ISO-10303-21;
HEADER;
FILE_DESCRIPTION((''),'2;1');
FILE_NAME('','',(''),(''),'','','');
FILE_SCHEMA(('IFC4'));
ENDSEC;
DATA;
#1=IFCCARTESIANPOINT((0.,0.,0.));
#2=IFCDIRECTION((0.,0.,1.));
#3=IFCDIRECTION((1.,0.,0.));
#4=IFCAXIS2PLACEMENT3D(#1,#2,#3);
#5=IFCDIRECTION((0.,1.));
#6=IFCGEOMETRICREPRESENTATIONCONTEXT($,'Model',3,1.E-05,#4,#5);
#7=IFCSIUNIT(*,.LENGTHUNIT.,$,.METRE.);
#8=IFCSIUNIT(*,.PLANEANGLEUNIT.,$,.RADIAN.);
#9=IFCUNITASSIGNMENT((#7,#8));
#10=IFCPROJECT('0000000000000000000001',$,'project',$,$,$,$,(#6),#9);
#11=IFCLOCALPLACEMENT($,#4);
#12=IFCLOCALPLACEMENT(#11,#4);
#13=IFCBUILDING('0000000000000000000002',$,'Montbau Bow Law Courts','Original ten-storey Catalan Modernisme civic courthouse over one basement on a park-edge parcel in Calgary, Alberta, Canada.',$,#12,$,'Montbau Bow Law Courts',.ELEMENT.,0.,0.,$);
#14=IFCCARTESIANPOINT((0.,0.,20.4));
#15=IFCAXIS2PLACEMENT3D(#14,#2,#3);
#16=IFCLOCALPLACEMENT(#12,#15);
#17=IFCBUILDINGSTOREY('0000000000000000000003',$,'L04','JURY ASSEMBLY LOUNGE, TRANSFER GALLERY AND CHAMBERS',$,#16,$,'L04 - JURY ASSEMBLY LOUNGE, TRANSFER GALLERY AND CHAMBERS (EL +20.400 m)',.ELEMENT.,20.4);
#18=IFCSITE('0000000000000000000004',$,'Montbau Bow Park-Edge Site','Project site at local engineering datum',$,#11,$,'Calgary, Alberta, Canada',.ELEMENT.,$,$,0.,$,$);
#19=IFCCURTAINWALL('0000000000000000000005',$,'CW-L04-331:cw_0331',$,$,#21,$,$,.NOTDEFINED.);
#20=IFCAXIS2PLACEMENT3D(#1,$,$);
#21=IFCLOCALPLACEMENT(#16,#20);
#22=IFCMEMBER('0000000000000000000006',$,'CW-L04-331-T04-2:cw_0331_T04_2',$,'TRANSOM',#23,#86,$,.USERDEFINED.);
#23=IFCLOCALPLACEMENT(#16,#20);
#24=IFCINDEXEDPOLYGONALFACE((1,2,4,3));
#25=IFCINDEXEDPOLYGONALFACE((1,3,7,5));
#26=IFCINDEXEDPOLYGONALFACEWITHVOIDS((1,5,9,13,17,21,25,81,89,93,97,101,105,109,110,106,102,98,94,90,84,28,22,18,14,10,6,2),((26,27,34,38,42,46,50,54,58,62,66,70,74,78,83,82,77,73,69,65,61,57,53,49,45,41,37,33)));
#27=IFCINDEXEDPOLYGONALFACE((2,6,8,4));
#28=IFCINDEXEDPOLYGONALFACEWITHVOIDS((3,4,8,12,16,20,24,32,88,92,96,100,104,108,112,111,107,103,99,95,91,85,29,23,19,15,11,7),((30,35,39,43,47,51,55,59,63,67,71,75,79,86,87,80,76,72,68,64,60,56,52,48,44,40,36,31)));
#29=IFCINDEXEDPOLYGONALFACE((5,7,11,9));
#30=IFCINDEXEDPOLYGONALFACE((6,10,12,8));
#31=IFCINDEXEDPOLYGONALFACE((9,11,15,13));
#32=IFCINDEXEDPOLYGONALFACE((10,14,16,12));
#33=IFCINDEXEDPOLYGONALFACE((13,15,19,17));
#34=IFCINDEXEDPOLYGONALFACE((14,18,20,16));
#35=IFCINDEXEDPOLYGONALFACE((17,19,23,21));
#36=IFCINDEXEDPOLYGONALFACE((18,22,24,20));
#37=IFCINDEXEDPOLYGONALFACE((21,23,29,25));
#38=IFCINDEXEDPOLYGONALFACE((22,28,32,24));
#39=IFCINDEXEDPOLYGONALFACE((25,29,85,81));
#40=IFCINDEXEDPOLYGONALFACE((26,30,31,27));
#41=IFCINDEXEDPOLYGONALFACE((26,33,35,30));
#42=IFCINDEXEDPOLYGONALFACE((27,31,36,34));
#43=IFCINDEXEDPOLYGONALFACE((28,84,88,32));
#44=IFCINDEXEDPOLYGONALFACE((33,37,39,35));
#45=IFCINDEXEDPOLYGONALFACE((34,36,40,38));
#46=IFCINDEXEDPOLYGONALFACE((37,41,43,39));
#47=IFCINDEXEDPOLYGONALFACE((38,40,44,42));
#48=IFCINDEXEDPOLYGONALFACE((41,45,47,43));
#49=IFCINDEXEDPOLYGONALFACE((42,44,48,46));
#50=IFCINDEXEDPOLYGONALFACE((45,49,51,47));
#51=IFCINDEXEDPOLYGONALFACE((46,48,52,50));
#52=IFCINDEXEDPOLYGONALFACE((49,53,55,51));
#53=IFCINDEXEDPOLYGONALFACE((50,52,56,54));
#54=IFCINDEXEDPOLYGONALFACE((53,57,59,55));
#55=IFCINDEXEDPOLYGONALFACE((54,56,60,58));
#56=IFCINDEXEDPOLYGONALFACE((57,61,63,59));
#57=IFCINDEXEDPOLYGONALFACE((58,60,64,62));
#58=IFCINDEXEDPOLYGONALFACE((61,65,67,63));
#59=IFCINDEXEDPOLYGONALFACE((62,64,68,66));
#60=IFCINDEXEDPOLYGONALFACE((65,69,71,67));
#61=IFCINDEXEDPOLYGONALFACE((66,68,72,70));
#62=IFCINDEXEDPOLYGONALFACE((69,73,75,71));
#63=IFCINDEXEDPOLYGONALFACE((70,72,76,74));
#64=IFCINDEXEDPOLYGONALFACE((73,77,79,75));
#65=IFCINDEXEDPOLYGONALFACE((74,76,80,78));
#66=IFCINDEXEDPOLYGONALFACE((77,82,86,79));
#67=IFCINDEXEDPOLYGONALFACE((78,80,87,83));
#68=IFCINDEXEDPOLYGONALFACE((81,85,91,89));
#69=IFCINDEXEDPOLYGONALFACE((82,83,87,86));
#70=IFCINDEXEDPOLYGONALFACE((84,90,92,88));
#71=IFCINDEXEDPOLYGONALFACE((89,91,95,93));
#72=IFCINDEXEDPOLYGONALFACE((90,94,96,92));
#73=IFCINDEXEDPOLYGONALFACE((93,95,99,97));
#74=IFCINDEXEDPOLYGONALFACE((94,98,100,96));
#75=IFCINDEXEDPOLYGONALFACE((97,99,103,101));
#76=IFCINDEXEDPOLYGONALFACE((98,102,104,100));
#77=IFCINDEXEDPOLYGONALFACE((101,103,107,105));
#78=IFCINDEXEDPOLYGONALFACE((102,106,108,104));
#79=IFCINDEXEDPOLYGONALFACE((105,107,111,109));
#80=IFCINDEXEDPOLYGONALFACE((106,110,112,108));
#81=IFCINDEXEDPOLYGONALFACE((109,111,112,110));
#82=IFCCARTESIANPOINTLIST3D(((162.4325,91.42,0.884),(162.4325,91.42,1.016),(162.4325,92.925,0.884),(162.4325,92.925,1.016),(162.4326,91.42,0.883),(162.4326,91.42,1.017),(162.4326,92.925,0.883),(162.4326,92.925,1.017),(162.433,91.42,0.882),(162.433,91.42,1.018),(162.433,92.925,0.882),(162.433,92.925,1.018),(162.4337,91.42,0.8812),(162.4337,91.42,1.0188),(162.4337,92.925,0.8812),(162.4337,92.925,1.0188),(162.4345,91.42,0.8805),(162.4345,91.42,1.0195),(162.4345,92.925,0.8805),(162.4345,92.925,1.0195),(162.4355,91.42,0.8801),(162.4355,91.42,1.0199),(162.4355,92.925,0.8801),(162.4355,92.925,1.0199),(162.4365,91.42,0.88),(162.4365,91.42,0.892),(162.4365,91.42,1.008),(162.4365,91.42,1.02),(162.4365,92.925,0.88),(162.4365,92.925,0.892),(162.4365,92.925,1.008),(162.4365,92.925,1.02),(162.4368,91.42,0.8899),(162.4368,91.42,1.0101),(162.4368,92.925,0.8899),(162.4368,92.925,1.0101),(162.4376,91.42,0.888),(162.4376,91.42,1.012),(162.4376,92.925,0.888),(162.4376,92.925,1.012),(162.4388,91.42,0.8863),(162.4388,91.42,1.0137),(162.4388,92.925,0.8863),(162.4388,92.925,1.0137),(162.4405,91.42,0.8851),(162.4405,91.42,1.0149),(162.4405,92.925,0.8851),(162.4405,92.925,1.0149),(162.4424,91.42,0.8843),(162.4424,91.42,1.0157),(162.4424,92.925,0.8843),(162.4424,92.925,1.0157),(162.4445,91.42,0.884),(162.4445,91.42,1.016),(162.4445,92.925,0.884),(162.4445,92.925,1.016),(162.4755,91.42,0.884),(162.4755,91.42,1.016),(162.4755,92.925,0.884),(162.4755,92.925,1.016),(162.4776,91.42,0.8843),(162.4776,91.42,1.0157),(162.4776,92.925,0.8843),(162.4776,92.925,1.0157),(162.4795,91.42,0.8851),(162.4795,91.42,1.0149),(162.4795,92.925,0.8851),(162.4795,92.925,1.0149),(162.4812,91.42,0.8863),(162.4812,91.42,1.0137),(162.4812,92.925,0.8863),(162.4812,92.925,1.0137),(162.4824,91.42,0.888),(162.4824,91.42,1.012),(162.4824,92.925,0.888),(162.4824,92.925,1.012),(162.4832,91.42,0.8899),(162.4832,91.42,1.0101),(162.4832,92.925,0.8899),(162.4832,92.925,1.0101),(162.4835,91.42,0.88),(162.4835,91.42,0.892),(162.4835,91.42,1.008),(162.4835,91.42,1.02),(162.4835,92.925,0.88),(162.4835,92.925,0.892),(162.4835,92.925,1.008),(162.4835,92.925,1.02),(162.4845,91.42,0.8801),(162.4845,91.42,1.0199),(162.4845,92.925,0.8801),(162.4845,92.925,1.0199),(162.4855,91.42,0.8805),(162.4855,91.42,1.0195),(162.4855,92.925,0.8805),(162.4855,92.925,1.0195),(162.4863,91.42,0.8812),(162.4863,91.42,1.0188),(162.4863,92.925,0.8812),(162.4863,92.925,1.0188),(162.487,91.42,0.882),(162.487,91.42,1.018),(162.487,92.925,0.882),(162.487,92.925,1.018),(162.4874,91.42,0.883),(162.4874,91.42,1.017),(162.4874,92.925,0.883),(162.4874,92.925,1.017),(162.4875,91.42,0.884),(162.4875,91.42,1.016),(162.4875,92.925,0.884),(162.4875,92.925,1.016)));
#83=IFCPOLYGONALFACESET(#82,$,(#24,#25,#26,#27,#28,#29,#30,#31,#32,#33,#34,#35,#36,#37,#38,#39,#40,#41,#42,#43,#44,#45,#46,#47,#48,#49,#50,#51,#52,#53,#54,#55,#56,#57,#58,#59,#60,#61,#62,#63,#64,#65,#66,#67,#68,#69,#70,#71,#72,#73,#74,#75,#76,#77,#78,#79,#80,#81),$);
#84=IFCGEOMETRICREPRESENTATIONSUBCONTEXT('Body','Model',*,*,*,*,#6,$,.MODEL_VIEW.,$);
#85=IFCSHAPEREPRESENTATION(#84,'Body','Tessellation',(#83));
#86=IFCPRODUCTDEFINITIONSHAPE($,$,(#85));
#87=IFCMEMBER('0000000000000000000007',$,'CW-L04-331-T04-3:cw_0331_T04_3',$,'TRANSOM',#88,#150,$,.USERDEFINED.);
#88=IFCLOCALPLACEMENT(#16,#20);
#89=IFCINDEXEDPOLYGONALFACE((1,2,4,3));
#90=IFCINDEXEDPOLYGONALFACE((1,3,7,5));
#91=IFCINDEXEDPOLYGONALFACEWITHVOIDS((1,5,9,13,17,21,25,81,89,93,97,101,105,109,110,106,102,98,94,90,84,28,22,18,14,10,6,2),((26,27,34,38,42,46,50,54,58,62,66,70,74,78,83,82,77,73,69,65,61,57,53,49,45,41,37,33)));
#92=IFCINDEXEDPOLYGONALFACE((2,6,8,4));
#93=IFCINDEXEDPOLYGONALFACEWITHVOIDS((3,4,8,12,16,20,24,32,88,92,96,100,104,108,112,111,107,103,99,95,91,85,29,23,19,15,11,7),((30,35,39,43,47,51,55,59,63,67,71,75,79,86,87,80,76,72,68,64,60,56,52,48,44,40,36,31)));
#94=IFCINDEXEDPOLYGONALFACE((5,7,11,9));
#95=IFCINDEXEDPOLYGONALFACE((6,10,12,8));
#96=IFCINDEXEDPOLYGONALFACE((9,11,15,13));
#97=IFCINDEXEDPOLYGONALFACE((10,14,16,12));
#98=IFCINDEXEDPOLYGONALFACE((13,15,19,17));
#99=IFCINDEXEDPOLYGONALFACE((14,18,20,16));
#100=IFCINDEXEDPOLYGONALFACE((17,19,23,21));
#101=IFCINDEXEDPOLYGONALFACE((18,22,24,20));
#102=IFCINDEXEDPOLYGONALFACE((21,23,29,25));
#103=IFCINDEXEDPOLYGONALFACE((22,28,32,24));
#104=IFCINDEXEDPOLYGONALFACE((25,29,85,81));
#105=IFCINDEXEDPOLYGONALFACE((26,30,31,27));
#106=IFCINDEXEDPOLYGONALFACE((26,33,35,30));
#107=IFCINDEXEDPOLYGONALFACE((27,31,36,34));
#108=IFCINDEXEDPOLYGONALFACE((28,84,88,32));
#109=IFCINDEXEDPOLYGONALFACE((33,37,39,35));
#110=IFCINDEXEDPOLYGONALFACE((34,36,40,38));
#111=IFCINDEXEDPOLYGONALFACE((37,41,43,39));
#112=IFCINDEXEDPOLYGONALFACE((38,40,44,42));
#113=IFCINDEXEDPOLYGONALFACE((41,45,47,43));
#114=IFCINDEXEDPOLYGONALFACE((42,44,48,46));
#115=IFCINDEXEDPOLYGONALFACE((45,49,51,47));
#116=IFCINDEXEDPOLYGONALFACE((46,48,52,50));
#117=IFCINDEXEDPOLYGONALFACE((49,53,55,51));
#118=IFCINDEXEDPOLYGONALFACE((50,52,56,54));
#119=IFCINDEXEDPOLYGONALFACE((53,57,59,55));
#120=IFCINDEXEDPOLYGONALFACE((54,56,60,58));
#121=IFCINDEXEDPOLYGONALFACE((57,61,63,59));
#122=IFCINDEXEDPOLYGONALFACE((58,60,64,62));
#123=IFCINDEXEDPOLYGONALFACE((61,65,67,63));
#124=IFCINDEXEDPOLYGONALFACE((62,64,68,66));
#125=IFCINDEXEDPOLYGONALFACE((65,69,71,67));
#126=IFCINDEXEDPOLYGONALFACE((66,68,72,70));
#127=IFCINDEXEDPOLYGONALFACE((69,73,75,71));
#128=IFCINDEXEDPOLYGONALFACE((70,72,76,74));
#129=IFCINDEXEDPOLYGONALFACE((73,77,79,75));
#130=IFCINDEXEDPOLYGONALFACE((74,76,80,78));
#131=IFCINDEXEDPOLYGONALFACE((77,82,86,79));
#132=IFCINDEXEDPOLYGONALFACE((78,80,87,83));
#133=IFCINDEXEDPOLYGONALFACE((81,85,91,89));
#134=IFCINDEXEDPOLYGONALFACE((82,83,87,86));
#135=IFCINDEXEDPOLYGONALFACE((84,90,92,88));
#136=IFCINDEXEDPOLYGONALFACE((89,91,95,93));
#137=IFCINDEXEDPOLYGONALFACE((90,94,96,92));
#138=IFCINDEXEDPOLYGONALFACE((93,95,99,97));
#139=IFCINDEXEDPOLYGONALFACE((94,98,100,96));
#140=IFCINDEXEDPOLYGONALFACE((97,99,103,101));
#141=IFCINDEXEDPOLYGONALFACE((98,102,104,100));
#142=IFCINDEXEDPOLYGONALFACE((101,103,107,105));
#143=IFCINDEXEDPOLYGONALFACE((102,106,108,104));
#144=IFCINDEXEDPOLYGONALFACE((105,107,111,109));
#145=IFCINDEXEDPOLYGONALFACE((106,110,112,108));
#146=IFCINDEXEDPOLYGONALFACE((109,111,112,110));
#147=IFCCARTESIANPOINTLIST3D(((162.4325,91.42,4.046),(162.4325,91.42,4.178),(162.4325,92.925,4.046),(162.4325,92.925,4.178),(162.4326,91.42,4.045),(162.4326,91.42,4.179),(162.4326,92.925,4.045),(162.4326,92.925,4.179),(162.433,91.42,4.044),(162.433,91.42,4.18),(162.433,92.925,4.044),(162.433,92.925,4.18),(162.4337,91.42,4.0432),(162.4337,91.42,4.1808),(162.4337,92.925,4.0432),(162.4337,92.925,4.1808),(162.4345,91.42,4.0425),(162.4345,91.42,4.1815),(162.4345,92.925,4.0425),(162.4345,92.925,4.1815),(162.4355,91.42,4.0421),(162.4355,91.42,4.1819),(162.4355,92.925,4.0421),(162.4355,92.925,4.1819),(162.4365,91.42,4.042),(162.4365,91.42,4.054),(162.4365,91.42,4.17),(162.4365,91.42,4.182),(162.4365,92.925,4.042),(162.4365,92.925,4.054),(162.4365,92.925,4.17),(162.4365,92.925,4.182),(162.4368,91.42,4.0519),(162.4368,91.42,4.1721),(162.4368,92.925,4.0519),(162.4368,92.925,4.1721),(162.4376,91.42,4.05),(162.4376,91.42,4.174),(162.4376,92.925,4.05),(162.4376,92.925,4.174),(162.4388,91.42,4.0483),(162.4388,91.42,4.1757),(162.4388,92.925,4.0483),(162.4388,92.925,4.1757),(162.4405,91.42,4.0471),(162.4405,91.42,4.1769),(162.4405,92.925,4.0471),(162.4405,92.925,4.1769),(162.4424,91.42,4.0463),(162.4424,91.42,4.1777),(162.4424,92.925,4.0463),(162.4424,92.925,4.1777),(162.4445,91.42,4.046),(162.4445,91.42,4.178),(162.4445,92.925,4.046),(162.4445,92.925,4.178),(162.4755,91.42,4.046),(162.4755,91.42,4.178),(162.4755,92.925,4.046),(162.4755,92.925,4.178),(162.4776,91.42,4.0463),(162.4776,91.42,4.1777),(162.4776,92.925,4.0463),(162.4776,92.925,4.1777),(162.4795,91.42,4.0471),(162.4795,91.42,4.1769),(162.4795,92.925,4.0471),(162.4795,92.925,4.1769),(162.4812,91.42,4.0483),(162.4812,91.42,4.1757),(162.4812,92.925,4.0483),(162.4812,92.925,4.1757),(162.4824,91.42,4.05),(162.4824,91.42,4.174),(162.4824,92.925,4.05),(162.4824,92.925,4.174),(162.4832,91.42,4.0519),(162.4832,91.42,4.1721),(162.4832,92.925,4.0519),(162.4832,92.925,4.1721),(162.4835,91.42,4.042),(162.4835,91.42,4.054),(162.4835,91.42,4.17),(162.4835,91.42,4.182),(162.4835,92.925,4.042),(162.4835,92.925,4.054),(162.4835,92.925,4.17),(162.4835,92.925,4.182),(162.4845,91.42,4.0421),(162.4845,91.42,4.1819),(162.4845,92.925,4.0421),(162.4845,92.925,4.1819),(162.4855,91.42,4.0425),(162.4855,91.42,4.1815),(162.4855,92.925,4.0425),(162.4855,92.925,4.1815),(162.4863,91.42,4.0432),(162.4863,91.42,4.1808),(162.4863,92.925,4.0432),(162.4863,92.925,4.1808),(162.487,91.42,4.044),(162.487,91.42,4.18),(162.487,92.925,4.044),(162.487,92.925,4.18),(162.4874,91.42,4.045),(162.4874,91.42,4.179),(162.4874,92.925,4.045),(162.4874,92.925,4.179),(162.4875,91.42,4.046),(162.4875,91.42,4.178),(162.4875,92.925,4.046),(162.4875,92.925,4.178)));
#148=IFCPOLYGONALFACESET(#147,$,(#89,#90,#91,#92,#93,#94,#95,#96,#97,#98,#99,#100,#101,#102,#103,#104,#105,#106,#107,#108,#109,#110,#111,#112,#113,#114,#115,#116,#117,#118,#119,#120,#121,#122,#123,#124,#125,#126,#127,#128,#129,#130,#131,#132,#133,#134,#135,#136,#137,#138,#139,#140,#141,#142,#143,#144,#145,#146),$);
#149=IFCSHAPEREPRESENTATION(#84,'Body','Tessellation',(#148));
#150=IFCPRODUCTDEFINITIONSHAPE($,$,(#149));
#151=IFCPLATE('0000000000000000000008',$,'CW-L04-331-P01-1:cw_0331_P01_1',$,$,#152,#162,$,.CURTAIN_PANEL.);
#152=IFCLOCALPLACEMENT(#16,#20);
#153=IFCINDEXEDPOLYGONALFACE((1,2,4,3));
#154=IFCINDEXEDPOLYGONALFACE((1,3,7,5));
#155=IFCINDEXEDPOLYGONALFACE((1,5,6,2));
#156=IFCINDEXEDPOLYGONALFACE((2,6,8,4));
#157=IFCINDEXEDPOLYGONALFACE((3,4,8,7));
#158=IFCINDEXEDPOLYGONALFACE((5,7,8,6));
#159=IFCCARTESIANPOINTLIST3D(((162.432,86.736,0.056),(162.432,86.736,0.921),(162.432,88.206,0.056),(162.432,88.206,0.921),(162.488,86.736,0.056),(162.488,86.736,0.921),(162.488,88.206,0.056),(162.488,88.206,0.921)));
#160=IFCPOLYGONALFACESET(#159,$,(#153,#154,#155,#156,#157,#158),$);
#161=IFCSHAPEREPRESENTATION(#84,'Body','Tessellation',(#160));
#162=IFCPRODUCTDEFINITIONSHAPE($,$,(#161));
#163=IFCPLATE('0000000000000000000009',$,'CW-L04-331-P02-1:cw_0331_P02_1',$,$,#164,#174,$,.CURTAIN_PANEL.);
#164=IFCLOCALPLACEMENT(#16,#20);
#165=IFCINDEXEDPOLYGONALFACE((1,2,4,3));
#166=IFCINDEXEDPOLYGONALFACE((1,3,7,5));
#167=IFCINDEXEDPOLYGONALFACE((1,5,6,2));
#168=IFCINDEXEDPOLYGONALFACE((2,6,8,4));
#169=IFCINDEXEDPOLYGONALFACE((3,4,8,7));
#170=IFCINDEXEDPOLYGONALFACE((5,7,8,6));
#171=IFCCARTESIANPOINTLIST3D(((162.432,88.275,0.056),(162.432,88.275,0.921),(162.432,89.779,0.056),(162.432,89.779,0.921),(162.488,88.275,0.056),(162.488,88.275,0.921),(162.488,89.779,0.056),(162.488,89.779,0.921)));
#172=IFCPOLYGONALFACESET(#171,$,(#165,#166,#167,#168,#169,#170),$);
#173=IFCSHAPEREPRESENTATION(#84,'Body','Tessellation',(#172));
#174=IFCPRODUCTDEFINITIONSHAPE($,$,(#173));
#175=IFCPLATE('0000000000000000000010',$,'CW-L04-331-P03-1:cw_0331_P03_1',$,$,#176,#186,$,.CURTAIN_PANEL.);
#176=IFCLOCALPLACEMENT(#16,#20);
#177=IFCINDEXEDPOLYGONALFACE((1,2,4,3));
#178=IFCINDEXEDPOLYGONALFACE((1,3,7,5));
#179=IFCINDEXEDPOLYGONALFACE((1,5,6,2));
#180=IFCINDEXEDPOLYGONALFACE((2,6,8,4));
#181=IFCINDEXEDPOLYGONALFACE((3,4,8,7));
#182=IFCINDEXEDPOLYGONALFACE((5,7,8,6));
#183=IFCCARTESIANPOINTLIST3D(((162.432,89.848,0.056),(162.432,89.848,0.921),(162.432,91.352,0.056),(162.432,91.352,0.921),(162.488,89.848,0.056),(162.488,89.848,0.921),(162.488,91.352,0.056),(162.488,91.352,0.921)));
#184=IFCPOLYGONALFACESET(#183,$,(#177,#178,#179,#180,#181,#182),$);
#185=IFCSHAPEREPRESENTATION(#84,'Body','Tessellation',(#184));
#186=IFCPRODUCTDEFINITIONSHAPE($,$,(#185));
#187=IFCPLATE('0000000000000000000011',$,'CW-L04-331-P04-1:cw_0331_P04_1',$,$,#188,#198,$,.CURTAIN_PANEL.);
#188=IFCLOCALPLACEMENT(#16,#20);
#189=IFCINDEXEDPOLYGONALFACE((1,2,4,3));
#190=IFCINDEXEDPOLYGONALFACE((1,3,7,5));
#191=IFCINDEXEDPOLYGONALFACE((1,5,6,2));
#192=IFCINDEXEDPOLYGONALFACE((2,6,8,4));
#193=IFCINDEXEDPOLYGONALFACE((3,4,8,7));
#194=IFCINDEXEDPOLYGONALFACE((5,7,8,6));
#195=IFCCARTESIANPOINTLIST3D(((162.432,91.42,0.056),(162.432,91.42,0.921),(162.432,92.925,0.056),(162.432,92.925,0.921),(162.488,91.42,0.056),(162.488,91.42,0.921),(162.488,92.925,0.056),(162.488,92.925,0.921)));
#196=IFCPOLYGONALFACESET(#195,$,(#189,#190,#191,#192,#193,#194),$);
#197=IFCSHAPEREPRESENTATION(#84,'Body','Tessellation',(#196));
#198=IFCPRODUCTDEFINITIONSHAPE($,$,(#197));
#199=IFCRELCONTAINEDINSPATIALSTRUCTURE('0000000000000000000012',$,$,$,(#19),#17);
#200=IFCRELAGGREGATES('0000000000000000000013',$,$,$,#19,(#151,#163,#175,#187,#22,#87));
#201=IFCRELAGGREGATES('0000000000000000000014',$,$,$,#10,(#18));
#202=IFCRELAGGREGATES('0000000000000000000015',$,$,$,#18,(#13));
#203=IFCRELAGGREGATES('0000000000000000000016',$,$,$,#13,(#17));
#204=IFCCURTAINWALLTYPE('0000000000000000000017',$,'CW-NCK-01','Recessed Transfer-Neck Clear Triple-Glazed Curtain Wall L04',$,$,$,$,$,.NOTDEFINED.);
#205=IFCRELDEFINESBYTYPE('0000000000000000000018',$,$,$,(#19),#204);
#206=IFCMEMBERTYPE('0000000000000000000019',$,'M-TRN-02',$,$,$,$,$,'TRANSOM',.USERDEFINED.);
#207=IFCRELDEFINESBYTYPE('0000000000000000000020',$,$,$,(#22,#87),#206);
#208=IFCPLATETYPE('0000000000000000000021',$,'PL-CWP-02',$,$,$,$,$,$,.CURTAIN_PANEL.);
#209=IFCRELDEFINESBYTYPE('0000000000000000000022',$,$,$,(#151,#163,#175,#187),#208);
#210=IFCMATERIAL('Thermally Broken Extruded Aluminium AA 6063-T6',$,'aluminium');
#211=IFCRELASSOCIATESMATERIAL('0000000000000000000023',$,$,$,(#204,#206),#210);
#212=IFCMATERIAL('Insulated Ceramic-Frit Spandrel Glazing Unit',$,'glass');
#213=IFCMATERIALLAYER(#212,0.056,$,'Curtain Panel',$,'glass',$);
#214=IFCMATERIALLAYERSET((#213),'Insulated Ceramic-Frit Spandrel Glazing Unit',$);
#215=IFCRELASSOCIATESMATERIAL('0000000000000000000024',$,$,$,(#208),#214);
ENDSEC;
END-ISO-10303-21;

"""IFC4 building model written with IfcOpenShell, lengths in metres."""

from ifc_helpers import new_model, si_unit, direction, frame, frame_2d, origin_with_axes, origin_2d_with_axis, place, context, subcontext, project, spatial, rectangle, hollow_rectangle, extrude, material, layer, layer_set, material_profile, profile_set, type_object, element, aggregate, save


model = new_model("IFC4")

# Units and contexts
model_context = context("Model", 3, precision=1e-05, world=origin_with_axes(), true_north=direction((0.0, 1.0)))
body_context = subcontext(model_context, "Body", "Model", "MODEL_VIEW")
ifc_project = project(units=[si_unit("LENGTHUNIT", "METRE"), si_unit("PLANEANGLEUNIT", "RADIAN")], contexts=[model_context])

# Site, building, storey
site_placement = place(None, origin_with_axes())
site = spatial("IfcSite", under=ifc_project, at=site_placement, Name="Montbau Bow Park-Edge Site", Description="Project site at local engineering datum", LongName="Calgary, Alberta, Canada", CompositionType="ELEMENT", RefElevation=0.0)
building_placement = place(site_placement, origin_with_axes())
building = spatial("IfcBuilding", under=site, at=building_placement, Name="Montbau Bow Law Courts", Description="Original ten-storey Catalan Modernisme civic courthouse over one basement on a park-edge parcel in Calgary, Alberta, Canada.", LongName="Montbau Bow Law Courts", CompositionType="ELEMENT", ElevationOfRefHeight=0.0, ElevationOfTerrain=0.0)
storey_placement = place(building_placement, frame((0.0, 0.0, 20.4), z_axis=(0.0, 0.0, 1.0), x_axis=(1.0, 0.0, 0.0)))
storey = spatial("IfcBuildingStorey", under=building, at=storey_placement, Name="L04", Description="JURY ASSEMBLY LOUNGE, TRANSFER GALLERY AND CHAMBERS", LongName="L04 - JURY ASSEMBLY LOUNGE, TRANSFER GALLERY AND CHAMBERS (EL +20.400 m)", CompositionType="ELEMENT", Elevation=20.4)

# Shared definitions
ifc_material_1 = material(Name="Thermally Broken Extruded Aluminium AA 6063-T6", Category="aluminium")
curtain_wall_type = type_object("IfcCurtainWallType", Name="CW-NCK-01", Description="Recessed Transfer-Neck Clear Triple-Glazed Curtain Wall L04", PredefinedType="NOTDEFINED", material=ifc_material_1)

# Curtain wall, members, plates
curtain_wall_1_placement = place(None, frame((162.46, 86.668, 20.4), z_axis=(0.0, 0.0, 1.0), x_axis=(1.0, 0.0, 0.0)))
curtain_wall_1 = element("IfcCurtainWall", 1, at=curtain_wall_1_placement, inside=storey, type_object=curtain_wall_type, Name="CW-L04-331:cw_0331", PredefinedType="NOTDEFINED")
ifc_material_profile_1 = material_profile(ifc_material_1, hollow_rectangle(XDim=0.055, YDim=0.14, WallThickness=0.004, InnerFilletRadius=0.008, OuterFilletRadius=0.004, at=origin_2d_with_axis()), Name="CWT-140X55", Category="Main", Priority=0)
ifc_profile_set_1 = profile_set([ifc_material_profile_1], Name="Thermally Broken Extruded Aluminium AA 6063-T6")
member_type_1 = type_object("IfcMemberType", Name="M-TRN-02", ElementType="TRANSOM", PredefinedType="USERDEFINED", material=ifc_profile_set_1)
member_1_placement = place(None, frame((162.46, 91.42, 21.35), z_axis=(0.0, 1.0, 0.0), x_axis=(-1.0, 0.0, 0.0)))
member_1 = element("IfcMember", 2, at=member_1_placement, type_object=member_type_1, Name="CW-L04-331-T04-2:cw_0331_T04_2", ObjectType="TRANSOM", PredefinedType="USERDEFINED", context=body_context, shape_type="SweptSolid", body=[
    extrude(hollow_rectangle(XDim=0.055, YDim=0.14, WallThickness=0.004, InnerFilletRadius=0.008, OuterFilletRadius=0.004, at=origin_2d_with_axis()), origin_with_axes(), (0.0, 0.0, 1.0), 1.505),
])
member_2_placement = place(None, frame((162.46, 91.42, 24.512), z_axis=(0.0, 1.0, 0.0), x_axis=(-1.0, 0.0, 0.0)))
member_2 = element("IfcMember", 3, at=member_2_placement, type_object=member_type_1, Name="CW-L04-331-T04-3:cw_0331_T04_3", ObjectType="TRANSOM", PredefinedType="USERDEFINED", context=body_context, shape_type="SweptSolid", body=[
    extrude(hollow_rectangle(XDim=0.055, YDim=0.14, WallThickness=0.004, InnerFilletRadius=0.008, OuterFilletRadius=0.004, at=origin_2d_with_axis()), origin_with_axes(), (0.0, 0.0, 1.0), 1.505),
])
ifc_material_2 = material(Name="Insulated Ceramic-Frit Spandrel Glazing Unit", Category="glass")
ifc_layer_1 = layer(ifc_material_2, 0.056, Name="Curtain Panel", Category="glass")
ifc_layer_set_1 = layer_set([ifc_layer_1], Name="Insulated Ceramic-Frit Spandrel Glazing Unit")
plate_type_1 = type_object("IfcPlateType", Name="PL-CWP-02", PredefinedType="CURTAIN_PANEL", material=ifc_layer_set_1)
plate_1_placement = place(None, frame((162.46, 86.736, 20.456), z_axis=(1.0, 0.0, 0.0), x_axis=(0.0, 1.0, 0.0)))
plate_1 = element("IfcPlate", 4, at=plate_1_placement, type_object=plate_type_1, Name="CW-L04-331-P01-1:cw_0331_P01_1", PredefinedType="CURTAIN_PANEL", context=body_context, shape_type="SweptSolid", body=[
    extrude(rectangle(XDim=1.47, YDim=0.865, at=frame_2d((0.735, 0.4325), x_axis=(1.0, 0.0))), frame((0.0, 0.0, -0.028), z_axis=(0.0, 0.0, 1.0), x_axis=(1.0, 0.0, 0.0)), (0.0, 0.0, 1.0), 0.056),
])
plate_2_placement = place(None, frame((162.46, 88.275, 20.456), z_axis=(1.0, 0.0, 0.0), x_axis=(0.0, 1.0, 0.0)))
plate_2 = element("IfcPlate", 5, at=plate_2_placement, type_object=plate_type_1, Name="CW-L04-331-P02-1:cw_0331_P02_1", PredefinedType="CURTAIN_PANEL", context=body_context, shape_type="SweptSolid", body=[
    extrude(rectangle(XDim=1.504, YDim=0.865, at=frame_2d((0.752, 0.4325), x_axis=(1.0, 0.0))), frame((0.0, 0.0, -0.028), z_axis=(0.0, 0.0, 1.0), x_axis=(1.0, 0.0, 0.0)), (0.0, 0.0, 1.0), 0.056),
])
plate_3_placement = place(None, frame((162.46, 89.848, 20.456), z_axis=(1.0, 0.0, 0.0), x_axis=(0.0, 1.0, 0.0)))
plate_3 = element("IfcPlate", 6, at=plate_3_placement, type_object=plate_type_1, Name="CW-L04-331-P03-1:cw_0331_P03_1", PredefinedType="CURTAIN_PANEL", context=body_context, shape_type="SweptSolid", body=[
    extrude(rectangle(XDim=1.504, YDim=0.865, at=frame_2d((0.752, 0.4325), x_axis=(1.0, 0.0))), frame((0.0, 0.0, -0.028), z_axis=(0.0, 0.0, 1.0), x_axis=(1.0, 0.0, 0.0)), (0.0, 0.0, 1.0), 0.056),
])
plate_4_placement = place(None, frame((162.46, 91.42, 20.456), z_axis=(1.0, 0.0, 0.0), x_axis=(0.0, 1.0, 0.0)))
plate_4 = element("IfcPlate", 7, at=plate_4_placement, type_object=plate_type_1, Name="CW-L04-331-P04-1:cw_0331_P04_1", PredefinedType="CURTAIN_PANEL", context=body_context, shape_type="SweptSolid", body=[
    extrude(rectangle(XDim=1.505, YDim=0.865, at=frame_2d((0.7525, 0.4325), x_axis=(1.0, 0.0))), frame((0.0, 0.0, -0.028), z_axis=(0.0, 0.0, 1.0), x_axis=(1.0, 0.0, 0.0)), (0.0, 0.0, 1.0), 0.056),
])
aggregate(curtain_wall_1, [plate_1, plate_2, plate_3, plate_4, member_1, member_2])

save(model, "model.ifc")
